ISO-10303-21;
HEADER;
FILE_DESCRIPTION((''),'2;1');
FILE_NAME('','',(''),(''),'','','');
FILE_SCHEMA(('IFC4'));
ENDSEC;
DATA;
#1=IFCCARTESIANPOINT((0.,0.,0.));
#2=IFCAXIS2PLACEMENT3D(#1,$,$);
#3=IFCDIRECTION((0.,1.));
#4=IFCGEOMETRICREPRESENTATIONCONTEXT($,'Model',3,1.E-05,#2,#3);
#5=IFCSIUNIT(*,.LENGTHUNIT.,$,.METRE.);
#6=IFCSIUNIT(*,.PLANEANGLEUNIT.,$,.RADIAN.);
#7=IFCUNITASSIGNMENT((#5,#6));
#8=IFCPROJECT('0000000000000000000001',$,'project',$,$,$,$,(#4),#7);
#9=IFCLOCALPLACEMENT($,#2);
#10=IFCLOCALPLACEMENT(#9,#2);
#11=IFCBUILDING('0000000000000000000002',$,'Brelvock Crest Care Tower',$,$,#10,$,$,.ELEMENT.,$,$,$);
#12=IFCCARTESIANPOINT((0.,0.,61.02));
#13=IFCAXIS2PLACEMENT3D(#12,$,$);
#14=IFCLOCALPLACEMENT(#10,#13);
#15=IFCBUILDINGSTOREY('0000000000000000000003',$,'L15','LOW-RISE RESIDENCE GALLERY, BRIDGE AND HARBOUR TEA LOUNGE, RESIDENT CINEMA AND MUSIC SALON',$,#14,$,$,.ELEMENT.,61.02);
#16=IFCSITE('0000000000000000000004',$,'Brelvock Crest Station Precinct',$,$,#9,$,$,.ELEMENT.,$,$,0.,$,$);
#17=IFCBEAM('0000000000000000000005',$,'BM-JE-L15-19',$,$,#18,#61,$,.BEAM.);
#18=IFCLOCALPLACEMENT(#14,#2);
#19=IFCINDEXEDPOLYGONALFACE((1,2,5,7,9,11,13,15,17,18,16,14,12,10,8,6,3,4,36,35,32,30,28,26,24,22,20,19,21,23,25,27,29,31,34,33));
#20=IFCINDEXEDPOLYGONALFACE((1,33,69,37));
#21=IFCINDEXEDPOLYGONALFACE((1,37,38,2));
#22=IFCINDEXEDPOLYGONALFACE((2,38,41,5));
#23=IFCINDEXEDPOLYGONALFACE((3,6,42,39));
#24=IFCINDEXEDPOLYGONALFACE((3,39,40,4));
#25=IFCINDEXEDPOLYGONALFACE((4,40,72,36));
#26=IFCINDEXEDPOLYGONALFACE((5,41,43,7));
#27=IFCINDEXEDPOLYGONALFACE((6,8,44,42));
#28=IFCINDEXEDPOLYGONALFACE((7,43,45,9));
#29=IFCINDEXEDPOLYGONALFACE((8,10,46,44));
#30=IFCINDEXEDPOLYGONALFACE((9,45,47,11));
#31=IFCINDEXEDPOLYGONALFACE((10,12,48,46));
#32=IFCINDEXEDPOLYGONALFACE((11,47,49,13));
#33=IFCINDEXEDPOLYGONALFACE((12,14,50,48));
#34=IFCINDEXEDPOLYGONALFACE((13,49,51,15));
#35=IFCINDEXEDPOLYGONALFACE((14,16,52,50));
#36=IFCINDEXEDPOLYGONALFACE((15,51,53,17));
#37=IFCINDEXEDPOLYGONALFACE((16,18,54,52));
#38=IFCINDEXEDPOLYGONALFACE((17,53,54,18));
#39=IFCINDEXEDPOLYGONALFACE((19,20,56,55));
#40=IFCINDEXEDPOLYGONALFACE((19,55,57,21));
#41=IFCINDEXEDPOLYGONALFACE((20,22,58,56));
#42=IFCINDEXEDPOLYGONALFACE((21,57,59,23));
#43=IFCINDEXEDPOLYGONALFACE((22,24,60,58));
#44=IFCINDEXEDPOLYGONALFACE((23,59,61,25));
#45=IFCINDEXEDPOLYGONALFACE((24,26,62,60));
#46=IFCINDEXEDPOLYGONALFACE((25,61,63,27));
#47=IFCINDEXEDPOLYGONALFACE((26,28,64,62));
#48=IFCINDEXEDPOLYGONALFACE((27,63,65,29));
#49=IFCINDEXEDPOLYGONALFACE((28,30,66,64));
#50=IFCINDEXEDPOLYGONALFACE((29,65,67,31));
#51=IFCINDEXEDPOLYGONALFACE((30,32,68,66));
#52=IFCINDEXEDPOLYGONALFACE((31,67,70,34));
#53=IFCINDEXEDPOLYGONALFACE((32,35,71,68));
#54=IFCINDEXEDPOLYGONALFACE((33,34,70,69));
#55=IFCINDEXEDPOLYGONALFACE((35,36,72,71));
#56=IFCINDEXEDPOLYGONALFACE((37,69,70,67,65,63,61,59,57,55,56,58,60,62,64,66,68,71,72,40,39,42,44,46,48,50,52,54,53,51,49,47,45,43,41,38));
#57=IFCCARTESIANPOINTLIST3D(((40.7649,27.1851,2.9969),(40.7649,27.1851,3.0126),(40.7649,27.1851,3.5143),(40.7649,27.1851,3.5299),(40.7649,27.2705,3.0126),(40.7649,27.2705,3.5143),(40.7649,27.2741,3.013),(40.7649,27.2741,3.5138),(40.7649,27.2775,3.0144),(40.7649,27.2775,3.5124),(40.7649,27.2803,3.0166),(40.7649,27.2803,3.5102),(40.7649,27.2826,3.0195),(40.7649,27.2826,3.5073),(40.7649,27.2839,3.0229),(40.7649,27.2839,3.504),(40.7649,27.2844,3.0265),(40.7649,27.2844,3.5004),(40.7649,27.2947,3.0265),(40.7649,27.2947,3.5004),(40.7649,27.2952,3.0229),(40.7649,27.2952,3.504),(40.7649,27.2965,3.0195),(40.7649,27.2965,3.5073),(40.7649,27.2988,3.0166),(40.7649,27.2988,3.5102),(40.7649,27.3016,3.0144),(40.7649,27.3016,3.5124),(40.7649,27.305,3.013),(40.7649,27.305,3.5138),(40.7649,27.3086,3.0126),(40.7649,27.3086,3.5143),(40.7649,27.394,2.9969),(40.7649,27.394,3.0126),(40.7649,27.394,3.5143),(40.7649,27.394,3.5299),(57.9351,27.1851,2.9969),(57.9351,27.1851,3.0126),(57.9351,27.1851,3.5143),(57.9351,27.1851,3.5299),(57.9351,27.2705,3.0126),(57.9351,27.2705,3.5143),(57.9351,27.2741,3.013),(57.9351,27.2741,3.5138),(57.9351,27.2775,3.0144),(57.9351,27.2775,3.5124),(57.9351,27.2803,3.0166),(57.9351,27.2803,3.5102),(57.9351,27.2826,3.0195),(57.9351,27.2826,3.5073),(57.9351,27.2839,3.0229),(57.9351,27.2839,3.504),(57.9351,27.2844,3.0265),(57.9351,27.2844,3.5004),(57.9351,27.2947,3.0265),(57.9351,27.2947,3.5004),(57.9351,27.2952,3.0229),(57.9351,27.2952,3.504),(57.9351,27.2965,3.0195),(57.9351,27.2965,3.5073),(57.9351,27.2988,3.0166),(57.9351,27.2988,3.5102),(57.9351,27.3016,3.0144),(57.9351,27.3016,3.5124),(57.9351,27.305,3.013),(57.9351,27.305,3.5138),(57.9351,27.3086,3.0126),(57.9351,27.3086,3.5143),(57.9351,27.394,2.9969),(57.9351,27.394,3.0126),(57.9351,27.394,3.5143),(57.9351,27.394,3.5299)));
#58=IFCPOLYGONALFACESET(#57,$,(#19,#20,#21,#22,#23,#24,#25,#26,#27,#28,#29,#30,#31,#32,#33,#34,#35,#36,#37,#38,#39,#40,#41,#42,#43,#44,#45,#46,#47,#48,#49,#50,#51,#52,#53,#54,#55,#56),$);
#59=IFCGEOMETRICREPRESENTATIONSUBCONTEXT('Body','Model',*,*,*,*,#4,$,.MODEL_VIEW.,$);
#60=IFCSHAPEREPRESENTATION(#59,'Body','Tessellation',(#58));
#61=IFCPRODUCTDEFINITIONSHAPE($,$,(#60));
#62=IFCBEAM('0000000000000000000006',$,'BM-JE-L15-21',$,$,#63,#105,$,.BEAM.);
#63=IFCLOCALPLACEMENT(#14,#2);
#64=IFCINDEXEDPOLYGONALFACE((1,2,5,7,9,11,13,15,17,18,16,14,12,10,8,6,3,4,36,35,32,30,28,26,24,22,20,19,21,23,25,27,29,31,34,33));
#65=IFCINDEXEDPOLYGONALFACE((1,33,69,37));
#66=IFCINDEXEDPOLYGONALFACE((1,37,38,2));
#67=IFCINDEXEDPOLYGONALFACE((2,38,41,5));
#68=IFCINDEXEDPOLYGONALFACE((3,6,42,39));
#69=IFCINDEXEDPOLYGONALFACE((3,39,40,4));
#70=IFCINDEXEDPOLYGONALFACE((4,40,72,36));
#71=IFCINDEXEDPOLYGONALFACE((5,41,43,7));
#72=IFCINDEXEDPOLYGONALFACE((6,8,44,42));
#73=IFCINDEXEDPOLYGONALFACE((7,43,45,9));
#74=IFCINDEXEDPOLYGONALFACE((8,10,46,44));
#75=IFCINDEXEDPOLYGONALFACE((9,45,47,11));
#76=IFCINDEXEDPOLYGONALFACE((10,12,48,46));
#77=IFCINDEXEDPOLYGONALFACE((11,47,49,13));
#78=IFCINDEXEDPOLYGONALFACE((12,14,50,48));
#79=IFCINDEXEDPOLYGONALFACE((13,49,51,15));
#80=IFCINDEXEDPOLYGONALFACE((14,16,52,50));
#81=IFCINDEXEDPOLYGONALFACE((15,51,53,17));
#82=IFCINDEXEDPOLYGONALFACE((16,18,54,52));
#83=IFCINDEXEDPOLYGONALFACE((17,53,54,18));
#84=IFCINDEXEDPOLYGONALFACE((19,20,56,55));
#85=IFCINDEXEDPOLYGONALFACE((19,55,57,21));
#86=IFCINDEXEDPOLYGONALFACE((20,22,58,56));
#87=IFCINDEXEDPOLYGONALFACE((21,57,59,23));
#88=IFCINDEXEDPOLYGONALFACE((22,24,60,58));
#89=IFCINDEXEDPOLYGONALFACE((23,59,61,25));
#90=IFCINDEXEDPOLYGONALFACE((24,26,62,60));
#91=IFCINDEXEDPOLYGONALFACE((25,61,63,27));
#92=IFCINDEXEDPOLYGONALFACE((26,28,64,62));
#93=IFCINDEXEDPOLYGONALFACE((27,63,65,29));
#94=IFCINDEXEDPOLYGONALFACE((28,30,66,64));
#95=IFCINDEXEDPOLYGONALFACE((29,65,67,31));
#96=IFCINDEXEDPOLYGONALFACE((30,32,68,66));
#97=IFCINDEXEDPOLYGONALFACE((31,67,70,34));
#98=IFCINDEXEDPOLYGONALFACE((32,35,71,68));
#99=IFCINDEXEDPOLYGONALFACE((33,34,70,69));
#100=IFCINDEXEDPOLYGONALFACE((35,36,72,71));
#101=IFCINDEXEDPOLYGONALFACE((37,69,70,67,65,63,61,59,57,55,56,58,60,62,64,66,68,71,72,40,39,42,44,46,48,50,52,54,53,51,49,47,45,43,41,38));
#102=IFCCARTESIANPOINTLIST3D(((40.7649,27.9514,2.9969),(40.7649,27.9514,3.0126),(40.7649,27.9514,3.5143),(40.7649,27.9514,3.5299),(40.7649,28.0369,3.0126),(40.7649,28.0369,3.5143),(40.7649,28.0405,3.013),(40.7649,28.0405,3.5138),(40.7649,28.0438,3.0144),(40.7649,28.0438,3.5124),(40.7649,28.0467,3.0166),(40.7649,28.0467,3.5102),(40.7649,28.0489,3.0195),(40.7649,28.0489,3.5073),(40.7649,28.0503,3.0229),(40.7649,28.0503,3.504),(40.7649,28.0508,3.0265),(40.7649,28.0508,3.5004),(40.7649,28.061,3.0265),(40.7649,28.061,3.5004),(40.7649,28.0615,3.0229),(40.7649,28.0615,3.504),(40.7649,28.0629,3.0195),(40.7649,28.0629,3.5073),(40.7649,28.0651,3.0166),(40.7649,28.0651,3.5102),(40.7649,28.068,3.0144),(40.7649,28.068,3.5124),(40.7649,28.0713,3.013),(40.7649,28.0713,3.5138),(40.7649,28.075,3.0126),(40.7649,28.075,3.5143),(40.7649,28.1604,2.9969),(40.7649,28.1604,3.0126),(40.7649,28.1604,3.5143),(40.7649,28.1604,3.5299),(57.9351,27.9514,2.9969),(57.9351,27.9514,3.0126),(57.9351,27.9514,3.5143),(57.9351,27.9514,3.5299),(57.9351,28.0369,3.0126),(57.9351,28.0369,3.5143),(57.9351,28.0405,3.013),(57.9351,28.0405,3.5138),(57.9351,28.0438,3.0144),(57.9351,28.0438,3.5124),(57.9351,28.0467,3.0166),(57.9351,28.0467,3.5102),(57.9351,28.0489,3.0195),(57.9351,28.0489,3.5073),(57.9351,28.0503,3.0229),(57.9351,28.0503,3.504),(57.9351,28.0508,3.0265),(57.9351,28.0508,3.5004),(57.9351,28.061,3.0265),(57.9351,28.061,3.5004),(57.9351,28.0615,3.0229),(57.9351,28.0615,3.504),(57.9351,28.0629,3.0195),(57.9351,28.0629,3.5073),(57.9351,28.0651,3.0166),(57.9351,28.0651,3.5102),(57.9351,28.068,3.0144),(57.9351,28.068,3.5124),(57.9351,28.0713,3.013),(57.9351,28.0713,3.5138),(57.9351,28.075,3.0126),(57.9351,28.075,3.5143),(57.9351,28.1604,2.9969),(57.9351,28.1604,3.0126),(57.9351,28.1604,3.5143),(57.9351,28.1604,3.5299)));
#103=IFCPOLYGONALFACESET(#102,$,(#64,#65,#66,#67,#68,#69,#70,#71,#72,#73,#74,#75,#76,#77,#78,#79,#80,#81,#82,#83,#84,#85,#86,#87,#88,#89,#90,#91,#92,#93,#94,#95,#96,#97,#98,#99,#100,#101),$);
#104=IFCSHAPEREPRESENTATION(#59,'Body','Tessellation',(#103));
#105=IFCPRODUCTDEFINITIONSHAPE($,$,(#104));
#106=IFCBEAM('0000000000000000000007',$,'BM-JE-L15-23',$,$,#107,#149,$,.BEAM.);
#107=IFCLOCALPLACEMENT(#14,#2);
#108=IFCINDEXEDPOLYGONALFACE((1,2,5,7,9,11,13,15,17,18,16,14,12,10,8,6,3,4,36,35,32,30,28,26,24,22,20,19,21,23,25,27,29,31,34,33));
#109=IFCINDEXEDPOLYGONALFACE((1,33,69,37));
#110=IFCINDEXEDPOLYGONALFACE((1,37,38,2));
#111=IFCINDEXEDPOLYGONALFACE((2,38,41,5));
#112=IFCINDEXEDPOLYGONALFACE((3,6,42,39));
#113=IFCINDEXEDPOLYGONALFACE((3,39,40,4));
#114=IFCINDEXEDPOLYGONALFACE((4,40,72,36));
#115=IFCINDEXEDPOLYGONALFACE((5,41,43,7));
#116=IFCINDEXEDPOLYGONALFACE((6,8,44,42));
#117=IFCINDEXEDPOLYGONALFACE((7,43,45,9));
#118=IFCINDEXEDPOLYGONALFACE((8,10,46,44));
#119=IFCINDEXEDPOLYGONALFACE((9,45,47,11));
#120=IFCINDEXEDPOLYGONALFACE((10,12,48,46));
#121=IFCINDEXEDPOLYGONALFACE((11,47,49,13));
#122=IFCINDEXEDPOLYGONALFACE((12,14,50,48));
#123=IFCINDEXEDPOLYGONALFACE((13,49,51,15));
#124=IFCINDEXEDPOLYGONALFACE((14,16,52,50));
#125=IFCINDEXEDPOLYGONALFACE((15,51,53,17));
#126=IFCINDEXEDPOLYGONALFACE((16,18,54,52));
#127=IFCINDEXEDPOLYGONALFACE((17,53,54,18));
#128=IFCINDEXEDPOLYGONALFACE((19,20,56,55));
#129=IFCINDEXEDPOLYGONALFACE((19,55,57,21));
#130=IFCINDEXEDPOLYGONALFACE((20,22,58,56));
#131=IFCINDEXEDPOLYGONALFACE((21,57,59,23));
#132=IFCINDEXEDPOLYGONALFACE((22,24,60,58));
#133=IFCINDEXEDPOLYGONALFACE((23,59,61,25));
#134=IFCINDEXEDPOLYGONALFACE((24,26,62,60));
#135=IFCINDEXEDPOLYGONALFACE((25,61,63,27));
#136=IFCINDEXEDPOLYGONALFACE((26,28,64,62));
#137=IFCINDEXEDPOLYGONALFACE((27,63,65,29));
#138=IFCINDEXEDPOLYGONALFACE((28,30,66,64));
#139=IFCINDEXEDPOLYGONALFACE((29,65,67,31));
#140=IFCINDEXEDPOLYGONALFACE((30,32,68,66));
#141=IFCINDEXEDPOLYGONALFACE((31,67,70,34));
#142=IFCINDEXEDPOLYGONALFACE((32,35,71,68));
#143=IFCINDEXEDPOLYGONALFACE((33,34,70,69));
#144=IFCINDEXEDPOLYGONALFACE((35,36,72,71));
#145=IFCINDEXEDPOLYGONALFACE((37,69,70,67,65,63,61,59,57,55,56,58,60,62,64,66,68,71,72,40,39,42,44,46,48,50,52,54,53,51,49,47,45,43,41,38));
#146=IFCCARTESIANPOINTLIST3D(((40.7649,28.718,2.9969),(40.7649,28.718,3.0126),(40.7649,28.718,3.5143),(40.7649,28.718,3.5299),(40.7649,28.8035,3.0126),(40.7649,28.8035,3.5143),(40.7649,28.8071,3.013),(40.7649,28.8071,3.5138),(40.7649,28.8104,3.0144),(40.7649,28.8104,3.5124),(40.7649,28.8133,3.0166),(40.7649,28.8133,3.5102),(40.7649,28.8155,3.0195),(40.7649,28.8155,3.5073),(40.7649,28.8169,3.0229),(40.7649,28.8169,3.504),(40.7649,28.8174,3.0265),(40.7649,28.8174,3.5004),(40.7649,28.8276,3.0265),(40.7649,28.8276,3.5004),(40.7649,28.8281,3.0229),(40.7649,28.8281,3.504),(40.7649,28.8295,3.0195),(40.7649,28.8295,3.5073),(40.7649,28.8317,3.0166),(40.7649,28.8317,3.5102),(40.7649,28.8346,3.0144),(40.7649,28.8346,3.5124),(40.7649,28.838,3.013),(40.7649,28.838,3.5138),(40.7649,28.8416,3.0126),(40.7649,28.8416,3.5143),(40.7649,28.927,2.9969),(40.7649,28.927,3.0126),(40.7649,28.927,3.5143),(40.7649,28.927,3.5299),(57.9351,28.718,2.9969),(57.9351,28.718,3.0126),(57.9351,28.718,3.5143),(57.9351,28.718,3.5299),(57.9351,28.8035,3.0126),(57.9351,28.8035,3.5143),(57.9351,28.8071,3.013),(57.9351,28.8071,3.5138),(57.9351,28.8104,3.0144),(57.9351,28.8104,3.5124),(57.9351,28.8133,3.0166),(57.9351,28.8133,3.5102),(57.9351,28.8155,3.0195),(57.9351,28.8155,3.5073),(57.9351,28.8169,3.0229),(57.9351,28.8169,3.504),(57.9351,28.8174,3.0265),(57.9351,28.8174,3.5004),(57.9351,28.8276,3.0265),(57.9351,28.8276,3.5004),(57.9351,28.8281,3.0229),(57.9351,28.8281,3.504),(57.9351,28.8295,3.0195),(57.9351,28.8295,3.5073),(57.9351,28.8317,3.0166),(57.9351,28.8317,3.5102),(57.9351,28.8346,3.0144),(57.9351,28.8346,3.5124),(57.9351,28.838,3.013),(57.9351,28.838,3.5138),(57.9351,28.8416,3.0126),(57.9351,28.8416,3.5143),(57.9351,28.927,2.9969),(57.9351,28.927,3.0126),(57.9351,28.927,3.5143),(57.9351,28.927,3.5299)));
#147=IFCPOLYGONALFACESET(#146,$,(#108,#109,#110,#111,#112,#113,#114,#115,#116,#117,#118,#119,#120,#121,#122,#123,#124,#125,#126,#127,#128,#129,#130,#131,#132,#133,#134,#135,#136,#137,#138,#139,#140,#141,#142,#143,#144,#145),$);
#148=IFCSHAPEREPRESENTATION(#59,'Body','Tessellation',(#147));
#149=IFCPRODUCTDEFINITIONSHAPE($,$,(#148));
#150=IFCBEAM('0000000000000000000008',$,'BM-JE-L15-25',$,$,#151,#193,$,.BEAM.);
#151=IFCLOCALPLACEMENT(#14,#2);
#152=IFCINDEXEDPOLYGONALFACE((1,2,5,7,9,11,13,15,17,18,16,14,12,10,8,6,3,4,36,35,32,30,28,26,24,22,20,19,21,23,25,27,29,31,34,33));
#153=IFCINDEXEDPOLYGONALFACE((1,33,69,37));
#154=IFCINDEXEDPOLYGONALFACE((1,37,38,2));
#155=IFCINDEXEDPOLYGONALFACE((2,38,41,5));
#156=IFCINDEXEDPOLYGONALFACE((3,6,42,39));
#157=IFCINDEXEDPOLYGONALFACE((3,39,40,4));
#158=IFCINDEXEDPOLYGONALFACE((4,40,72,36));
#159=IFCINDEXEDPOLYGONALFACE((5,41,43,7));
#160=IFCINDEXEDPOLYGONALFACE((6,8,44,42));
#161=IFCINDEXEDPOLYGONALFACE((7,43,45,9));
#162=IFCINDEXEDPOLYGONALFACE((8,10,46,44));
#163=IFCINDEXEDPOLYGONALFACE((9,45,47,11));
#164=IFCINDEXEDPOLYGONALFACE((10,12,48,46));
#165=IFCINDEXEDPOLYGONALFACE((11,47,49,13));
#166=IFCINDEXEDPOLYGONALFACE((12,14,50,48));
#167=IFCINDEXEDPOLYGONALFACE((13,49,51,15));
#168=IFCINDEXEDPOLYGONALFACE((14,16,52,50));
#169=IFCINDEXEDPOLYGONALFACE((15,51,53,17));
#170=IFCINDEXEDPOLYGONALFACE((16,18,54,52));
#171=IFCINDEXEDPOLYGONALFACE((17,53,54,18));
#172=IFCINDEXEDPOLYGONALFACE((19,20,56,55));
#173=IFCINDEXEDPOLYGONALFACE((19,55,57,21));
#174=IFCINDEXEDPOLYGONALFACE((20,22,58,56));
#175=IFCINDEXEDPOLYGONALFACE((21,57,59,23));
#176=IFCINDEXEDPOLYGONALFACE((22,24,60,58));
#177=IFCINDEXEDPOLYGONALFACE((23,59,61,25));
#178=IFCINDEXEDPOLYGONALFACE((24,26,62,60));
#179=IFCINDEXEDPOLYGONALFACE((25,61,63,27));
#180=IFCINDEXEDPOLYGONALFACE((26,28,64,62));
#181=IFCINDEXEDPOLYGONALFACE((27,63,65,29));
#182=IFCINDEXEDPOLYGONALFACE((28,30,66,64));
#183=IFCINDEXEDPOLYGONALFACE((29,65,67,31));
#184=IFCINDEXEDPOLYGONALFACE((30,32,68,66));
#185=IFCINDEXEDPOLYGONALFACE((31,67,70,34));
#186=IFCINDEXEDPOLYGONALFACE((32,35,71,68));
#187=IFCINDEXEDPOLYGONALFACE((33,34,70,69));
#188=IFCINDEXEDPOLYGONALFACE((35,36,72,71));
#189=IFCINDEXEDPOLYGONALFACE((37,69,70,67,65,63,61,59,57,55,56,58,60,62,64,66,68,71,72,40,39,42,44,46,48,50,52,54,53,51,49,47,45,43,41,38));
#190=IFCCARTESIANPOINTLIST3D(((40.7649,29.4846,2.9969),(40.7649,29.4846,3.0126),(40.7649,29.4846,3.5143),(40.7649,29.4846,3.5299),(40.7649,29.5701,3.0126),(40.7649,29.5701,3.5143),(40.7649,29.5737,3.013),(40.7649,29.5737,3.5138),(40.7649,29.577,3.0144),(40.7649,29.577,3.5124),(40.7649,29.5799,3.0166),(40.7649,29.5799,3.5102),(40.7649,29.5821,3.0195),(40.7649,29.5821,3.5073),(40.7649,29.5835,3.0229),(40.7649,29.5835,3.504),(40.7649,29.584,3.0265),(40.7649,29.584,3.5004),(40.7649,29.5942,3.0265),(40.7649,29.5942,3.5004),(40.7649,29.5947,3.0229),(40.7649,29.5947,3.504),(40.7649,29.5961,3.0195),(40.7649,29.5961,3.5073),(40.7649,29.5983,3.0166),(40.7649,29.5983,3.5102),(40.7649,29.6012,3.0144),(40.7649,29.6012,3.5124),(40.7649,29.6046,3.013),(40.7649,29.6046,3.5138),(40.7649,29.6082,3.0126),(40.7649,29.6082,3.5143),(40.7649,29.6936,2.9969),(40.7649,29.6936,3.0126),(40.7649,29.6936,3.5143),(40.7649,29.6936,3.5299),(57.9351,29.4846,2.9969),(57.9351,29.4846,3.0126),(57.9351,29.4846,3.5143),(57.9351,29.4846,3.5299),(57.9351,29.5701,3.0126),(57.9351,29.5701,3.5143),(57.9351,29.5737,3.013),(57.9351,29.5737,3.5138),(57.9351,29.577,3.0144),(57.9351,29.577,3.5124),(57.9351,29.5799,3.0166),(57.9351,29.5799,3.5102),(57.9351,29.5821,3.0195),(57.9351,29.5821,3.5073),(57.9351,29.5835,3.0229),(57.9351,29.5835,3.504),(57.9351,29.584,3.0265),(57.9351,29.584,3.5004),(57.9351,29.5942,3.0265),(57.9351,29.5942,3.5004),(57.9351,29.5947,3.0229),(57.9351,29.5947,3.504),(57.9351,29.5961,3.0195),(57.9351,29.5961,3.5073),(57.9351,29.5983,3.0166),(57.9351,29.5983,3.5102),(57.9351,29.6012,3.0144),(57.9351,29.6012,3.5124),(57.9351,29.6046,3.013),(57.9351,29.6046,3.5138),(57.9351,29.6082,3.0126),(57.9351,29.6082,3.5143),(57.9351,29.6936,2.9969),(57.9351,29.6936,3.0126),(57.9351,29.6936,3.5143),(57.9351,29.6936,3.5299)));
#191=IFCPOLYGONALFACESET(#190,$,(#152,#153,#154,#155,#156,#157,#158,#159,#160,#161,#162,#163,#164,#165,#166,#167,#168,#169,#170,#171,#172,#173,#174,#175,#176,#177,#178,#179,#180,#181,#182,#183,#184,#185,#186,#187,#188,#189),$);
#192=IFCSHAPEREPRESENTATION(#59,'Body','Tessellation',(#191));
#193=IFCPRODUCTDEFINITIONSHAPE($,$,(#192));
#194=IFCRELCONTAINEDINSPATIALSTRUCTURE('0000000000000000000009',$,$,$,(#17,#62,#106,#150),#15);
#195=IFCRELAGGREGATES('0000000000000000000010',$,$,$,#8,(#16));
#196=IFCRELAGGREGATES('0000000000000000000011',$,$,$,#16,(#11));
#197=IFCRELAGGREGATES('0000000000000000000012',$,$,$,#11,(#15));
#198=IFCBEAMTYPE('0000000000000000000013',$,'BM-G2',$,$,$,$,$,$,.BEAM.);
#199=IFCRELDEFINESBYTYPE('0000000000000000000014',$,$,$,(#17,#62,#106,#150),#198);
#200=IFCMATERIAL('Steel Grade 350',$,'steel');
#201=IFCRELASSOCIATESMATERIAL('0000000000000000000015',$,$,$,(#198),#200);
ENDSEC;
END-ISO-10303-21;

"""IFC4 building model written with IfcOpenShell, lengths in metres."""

from ifc_helpers import new_model, si_unit, direction, frame, origin, origin_2d, place, context, subcontext, project, spatial, i_section, extrude, source, transform, mapped, material, material_profile, profile_set, type_object, element, save


model = new_model("IFC4")

# Units and contexts
model_context = context("Model", 3, precision=1e-05, world=origin(), true_north=direction((0.0, 1.0)))
body_context = subcontext(model_context, "Body", "Model", "MODEL_VIEW")
ifc_project = project(units=[si_unit("LENGTHUNIT", "METRE"), si_unit("PLANEANGLEUNIT", "RADIAN")], contexts=[model_context])

# Site, building, storey
site_placement = place(None, origin())
site = spatial("IfcSite", under=ifc_project, at=site_placement, Name="Brelvock Crest Station Precinct", CompositionType="ELEMENT", RefElevation=0.0)
building_placement = place(site_placement, origin())
building = spatial("IfcBuilding", under=site, at=building_placement, Name="Brelvock Crest Care Tower", CompositionType="ELEMENT")
storey_placement = place(building_placement, frame((0.0, 0.0, 61.02)))
storey = spatial("IfcBuildingStorey", under=building, at=storey_placement, Name="L15", Description="LOW-RISE RESIDENCE GALLERY, BRIDGE AND HARBOUR TEA LOUNGE, RESIDENT CINEMA AND MUSIC SALON", CompositionType="ELEMENT", Elevation=61.02)

# Beams
ifc_material_1 = material(Name="Steel Grade 350", Category="steel")
ifc_material_profile_1 = material_profile(ifc_material_1, i_section(OverallWidth=0.209, OverallDepth=0.533, WebThickness=0.0103, FlangeThickness=0.0156, FilletRadius=0.0139, at=origin_2d()), Name="530UB92.4")
ifc_profile_set_1 = profile_set([ifc_material_profile_1], Name="Steel Grade 350")
beam_type_1 = type_object("IfcBeamType", Name="BM-G2", PredefinedType="BEAM", material=ifc_profile_set_1)
shared_shape_1 = source(origin(), body_context, "Body", "SweptSolid", [
    extrude(i_section(OverallWidth=0.209, OverallDepth=0.533, WebThickness=0.0103, FlangeThickness=0.0156, FilletRadius=0.0139, at=origin_2d()), origin(), (0.0, 0.0, 1.0), 17.1702),
])
for number, where, z_axis, x_axis, name in (
    (1, (40.7649, 27.2896, 3.2634), (1.0, 0.0, 0.0), (0.0, 1.0, 0.0), "BM-JE-L15-19"),
    (2, (40.7649, 28.0559, 3.2634), (1.0, 0.0, 0.0), (0.0, 1.0, 0.0), "BM-JE-L15-21"),
    (3, (40.7649, 28.8225, 3.2634), (1.0, 0.0, 0.0), (0.0, 1.0, 0.0), "BM-JE-L15-23"),
    (4, (40.7649, 29.5891, 3.2634), (1.0, 0.0, 0.0), (0.0, 1.0, 0.0), "BM-JE-L15-25"),
):
    element("IfcBeam", number, at=place(storey_placement, frame(where, z_axis=z_axis, x_axis=x_axis)), inside=storey, type_object=beam_type_1, Name=name, PredefinedType="BEAM", context=body_context, shape_type="MappedRepresentation", body=[
        mapped(shared_shape_1, transform((0.0, 0.0, 0.0), x_axis=(1.0, 0.0, 0.0), y_axis=(0.0, 1.0, 0.0), z_axis=(0.0, 0.0, 1.0), scale=1.0)),
    ])

save(model, "model.ifc")
